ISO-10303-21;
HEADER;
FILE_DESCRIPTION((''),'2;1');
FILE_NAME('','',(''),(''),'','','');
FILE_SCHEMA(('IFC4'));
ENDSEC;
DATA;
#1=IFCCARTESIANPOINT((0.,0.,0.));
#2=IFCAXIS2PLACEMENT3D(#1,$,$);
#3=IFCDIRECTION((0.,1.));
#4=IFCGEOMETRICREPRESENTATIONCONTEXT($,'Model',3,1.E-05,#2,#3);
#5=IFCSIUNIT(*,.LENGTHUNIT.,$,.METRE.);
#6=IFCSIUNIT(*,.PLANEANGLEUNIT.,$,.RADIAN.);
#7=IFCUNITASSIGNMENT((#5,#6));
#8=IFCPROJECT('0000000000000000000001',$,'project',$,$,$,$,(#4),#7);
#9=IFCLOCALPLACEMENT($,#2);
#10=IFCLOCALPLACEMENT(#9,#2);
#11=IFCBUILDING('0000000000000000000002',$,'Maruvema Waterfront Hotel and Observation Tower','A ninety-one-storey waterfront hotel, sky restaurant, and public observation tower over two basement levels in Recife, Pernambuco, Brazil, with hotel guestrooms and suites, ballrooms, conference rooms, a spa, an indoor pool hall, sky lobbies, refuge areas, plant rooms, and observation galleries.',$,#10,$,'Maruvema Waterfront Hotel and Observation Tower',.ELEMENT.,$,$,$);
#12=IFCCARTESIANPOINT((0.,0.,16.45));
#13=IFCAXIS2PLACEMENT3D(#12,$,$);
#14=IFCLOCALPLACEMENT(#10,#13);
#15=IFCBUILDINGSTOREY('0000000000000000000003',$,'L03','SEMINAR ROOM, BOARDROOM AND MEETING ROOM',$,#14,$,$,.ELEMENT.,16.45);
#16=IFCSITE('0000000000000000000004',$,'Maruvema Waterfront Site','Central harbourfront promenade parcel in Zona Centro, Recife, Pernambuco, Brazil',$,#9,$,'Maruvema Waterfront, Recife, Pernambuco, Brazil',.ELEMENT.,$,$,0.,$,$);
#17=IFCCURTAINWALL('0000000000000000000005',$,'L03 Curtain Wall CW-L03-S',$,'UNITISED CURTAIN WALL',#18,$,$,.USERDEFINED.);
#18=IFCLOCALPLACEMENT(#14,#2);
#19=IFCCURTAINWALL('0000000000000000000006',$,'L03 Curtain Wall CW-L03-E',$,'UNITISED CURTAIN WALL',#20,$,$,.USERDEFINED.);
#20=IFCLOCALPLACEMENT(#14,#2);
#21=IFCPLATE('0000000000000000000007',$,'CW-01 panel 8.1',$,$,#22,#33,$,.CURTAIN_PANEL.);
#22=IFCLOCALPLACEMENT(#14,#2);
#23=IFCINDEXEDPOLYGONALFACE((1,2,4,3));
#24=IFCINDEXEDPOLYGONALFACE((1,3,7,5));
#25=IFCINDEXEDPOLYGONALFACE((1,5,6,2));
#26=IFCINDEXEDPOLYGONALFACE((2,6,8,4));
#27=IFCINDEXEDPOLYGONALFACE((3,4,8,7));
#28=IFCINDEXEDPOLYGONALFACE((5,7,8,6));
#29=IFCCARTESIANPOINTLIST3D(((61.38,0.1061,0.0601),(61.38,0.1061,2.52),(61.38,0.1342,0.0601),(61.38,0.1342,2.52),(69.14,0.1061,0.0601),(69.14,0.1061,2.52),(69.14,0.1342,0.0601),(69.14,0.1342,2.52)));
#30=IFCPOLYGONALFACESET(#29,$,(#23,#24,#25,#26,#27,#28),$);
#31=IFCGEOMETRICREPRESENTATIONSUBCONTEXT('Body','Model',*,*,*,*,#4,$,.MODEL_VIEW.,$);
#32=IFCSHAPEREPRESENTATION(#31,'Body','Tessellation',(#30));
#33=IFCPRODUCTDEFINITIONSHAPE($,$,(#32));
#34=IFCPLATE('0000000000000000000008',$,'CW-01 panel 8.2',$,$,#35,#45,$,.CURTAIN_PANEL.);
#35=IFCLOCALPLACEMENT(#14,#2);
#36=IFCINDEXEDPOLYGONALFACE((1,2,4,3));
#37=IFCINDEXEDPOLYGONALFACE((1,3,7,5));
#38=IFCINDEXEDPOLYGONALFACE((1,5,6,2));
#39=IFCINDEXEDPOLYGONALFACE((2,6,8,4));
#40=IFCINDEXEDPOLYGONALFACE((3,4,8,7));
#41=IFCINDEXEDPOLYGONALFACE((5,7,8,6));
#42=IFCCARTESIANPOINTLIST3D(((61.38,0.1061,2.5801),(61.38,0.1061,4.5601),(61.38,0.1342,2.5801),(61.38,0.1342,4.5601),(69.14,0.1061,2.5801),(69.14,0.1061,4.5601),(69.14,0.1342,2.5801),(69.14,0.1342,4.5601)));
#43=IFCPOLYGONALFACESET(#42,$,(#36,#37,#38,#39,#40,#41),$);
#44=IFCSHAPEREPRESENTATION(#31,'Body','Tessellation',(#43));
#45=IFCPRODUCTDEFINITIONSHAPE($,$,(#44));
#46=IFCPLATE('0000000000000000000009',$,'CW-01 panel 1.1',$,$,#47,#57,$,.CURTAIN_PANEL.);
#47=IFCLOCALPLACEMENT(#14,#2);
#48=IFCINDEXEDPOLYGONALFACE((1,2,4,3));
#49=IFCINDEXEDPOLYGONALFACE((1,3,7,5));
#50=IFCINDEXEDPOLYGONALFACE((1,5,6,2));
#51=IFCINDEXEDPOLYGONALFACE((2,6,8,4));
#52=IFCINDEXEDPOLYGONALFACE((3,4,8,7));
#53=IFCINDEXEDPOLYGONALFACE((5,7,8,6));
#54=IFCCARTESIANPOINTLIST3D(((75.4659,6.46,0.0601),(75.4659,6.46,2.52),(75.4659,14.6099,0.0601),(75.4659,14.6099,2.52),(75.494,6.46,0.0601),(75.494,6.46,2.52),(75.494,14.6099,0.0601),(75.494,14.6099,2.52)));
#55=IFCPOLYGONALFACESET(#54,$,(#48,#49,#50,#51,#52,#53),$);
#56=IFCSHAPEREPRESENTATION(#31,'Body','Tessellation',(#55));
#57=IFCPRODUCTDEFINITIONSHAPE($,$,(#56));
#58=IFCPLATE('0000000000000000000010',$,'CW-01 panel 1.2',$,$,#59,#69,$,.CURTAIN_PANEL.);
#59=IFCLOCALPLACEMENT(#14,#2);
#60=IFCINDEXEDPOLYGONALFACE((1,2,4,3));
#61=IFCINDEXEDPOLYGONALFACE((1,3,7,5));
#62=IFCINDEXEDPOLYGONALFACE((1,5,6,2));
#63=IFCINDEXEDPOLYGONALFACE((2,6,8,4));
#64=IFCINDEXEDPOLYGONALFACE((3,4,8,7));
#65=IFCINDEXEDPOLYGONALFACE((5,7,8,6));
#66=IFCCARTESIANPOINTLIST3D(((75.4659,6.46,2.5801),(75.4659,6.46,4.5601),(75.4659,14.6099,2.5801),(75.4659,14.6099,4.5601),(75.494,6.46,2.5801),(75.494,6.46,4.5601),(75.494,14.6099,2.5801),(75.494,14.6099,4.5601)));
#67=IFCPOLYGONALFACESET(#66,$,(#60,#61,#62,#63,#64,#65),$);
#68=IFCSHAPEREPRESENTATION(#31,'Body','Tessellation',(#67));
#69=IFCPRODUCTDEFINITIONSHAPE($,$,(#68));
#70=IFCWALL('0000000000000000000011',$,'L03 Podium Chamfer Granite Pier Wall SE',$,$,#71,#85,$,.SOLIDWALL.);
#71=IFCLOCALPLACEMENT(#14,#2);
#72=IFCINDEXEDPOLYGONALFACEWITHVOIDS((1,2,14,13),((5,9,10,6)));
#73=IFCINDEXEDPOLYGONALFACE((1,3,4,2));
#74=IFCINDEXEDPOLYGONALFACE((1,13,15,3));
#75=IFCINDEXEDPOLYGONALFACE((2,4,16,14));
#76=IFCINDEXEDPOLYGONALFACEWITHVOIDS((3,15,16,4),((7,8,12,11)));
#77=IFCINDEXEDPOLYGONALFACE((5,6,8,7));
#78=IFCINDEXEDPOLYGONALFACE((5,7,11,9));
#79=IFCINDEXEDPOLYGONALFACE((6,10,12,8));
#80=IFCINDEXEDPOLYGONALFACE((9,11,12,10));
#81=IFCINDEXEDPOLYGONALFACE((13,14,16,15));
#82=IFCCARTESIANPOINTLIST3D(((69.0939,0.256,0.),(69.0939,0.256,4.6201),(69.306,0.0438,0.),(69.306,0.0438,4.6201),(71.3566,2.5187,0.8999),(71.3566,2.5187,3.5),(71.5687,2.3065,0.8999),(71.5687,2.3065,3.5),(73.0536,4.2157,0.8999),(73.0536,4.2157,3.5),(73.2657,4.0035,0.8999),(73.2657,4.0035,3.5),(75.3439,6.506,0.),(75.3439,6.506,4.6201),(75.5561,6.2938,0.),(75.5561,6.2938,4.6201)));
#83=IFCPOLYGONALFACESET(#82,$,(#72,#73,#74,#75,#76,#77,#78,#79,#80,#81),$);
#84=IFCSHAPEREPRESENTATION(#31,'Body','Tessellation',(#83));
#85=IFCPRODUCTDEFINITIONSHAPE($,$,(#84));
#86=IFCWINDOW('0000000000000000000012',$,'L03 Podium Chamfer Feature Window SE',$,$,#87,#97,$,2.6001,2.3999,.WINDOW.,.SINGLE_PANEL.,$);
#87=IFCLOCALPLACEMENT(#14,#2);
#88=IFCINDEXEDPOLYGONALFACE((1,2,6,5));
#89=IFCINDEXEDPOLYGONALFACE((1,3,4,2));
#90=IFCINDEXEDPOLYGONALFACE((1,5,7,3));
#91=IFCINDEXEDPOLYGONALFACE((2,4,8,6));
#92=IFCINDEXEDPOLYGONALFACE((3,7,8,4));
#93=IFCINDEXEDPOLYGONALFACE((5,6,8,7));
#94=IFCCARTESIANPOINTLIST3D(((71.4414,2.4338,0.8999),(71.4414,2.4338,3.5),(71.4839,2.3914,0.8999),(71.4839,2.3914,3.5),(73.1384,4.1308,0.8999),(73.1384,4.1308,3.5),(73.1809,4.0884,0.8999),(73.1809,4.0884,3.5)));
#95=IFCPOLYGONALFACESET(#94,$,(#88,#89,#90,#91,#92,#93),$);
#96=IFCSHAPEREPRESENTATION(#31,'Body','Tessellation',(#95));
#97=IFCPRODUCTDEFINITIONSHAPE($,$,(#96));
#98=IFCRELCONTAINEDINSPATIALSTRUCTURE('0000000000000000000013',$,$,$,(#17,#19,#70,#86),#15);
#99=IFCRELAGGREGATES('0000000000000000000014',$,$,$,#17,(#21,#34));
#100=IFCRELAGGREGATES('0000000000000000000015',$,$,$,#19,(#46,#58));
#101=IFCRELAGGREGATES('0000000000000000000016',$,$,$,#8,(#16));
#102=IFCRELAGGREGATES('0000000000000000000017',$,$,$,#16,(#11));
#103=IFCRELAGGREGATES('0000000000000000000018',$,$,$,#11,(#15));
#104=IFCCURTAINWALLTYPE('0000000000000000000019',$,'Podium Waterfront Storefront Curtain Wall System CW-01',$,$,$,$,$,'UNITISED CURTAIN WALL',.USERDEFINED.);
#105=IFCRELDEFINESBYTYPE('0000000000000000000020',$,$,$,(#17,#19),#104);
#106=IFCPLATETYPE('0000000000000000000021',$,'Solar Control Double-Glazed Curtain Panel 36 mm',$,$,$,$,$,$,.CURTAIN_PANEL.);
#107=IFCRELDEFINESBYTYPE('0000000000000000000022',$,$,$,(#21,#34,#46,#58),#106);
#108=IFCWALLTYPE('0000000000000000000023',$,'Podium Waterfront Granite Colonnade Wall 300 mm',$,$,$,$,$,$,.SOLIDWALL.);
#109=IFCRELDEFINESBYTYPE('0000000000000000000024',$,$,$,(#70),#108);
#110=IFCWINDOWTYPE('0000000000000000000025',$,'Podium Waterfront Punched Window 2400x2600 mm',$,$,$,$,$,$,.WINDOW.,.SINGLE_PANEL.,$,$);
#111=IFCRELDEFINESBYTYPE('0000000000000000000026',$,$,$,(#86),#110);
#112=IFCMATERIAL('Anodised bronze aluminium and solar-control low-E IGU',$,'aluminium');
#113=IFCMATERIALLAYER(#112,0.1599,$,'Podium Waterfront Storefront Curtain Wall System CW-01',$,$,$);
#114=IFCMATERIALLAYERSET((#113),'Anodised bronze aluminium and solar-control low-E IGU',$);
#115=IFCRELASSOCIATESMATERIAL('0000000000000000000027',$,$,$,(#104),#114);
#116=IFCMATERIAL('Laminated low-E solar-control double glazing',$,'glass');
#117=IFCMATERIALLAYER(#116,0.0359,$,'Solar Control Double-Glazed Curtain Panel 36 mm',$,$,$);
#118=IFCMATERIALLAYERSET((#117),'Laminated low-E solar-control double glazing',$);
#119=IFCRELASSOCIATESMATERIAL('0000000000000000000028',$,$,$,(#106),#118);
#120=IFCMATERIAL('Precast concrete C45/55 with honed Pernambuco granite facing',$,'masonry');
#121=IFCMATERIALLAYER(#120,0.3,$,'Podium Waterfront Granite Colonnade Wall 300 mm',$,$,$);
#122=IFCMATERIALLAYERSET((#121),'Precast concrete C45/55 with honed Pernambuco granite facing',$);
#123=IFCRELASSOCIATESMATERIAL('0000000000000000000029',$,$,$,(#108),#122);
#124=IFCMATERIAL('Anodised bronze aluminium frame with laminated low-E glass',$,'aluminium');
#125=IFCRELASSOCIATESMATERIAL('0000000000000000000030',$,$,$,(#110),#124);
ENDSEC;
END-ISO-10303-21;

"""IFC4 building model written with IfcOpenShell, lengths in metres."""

from ifc_helpers import new_model, si_unit, direction, frame, frame_2d, origin, origin_2d, place, context, subcontext, project, spatial, rectangle, extrude, material, layer, layer_set, type_object, element, fill, aggregate, save


model = new_model("IFC4")

# Units and contexts
model_context = context("Model", 3, precision=1e-05, world=origin(), true_north=direction((0.0, 1.0)))
body_context = subcontext(model_context, "Body", "Model", "MODEL_VIEW")
ifc_project = project(units=[si_unit("LENGTHUNIT", "METRE"), si_unit("PLANEANGLEUNIT", "RADIAN")], contexts=[model_context])

# Site, building, storey
site_placement = place(None, origin())
site = spatial("IfcSite", under=ifc_project, at=site_placement, Name="Maruvema Waterfront Site", Description="Central harbourfront promenade parcel in Zona Centro, Recife, Pernambuco, Brazil", LongName="Maruvema Waterfront, Recife, Pernambuco, Brazil", CompositionType="ELEMENT", RefElevation=0.0)
building_placement = place(site_placement, origin())
building = spatial("IfcBuilding", under=site, at=building_placement, Name="Maruvema Waterfront Hotel and Observation Tower", Description="A ninety-one-storey waterfront hotel, sky restaurant, and public observation tower over two basement levels in Recife, Pernambuco, Brazil, with hotel guestrooms and suites, ballrooms, conference rooms, a spa, an indoor pool hall, sky lobbies, refuge areas, plant rooms, and observation galleries.", LongName="Maruvema Waterfront Hotel and Observation Tower", CompositionType="ELEMENT")
storey_placement = place(building_placement, frame((0.0, 0.0, 16.45)))
storey = spatial("IfcBuildingStorey", under=building, at=storey_placement, Name="L03", Description="SEMINAR ROOM, BOARDROOM AND MEETING ROOM", CompositionType="ELEMENT", Elevation=16.45)

# Curtain walls
ifc_material_1 = material(Name="Anodised bronze aluminium and solar-control low-E IGU", Category="aluminium")
ifc_layer_1 = layer(ifc_material_1, 0.1599, Name="Podium Waterfront Storefront Curtain Wall System CW-01")
ifc_layer_set_1 = layer_set([ifc_layer_1], Name="Anodised bronze aluminium and solar-control low-E IGU")
curtain_wall_type = type_object("IfcCurtainWallType", Name="Podium Waterfront Storefront Curtain Wall System CW-01", ElementType="UNITISED CURTAIN WALL", PredefinedType="USERDEFINED", material=ifc_layer_set_1)
curtain_wall_1_placement = place(storey_placement, origin())
curtain_wall_1 = element("IfcCurtainWall", 1, at=curtain_wall_1_placement, inside=storey, type_object=curtain_wall_type, Name="L03 Curtain Wall CW-L03-S", ObjectType="UNITISED CURTAIN WALL", PredefinedType="USERDEFINED")
curtain_wall_2_placement = place(storey_placement, origin())
curtain_wall_2 = element("IfcCurtainWall", 2, at=curtain_wall_2_placement, inside=storey, type_object=curtain_wall_type, Name="L03 Curtain Wall CW-L03-E", ObjectType="UNITISED CURTAIN WALL", PredefinedType="USERDEFINED")

# Plates
ifc_material_2 = material(Name="Laminated low-E solar-control double glazing", Category="glass")
ifc_layer_2 = layer(ifc_material_2, 0.0359, Name="Solar Control Double-Glazed Curtain Panel 36 mm")
ifc_layer_set_2 = layer_set([ifc_layer_2], Name="Laminated low-E solar-control double glazing")
plate_type = type_object("IfcPlateType", Name="Solar Control Double-Glazed Curtain Panel 36 mm", PredefinedType="CURTAIN_PANEL", material=ifc_layer_set_2)
plate_1_placement = place(storey_placement, frame((65.26, 0.1201, 0.0601), z_axis=(0.0, 0.0, 1.0), x_axis=(1.0, 0.0, 0.0)))
plate_1 = element("IfcPlate", 3, at=plate_1_placement, type_object=plate_type, Name="CW-01 panel 8.1", PredefinedType="CURTAIN_PANEL", context=body_context, shape_type="SweptSolid", body=[
    extrude(rectangle(XDim=7.76, YDim=0.0281, at=origin_2d()), origin(), (0.0, 0.0, 1.0), 2.46),
])
plate_2_placement = place(storey_placement, frame((65.26, 0.1201, 2.5801), z_axis=(0.0, 0.0, 1.0), x_axis=(1.0, 0.0, 0.0)))
plate_2 = element("IfcPlate", 4, at=plate_2_placement, type_object=plate_type, Name="CW-01 panel 8.2", PredefinedType="CURTAIN_PANEL", context=body_context, shape_type="SweptSolid", body=[
    extrude(rectangle(XDim=7.76, YDim=0.0281, at=origin_2d()), origin(), (0.0, 0.0, 1.0), 1.98),
])
aggregate(curtain_wall_1, [plate_1, plate_2])
plate_3_placement = place(storey_placement, frame((75.48, 10.5349, 0.0601), z_axis=(0.0, 0.0, 1.0), x_axis=(0.0, 1.0, 0.0)))
plate_3 = element("IfcPlate", 5, at=plate_3_placement, type_object=plate_type, Name="CW-01 panel 1.1", PredefinedType="CURTAIN_PANEL", context=body_context, shape_type="SweptSolid", body=[
    extrude(rectangle(XDim=8.1499, YDim=0.0281, at=origin_2d()), origin(), (0.0, 0.0, 1.0), 2.46),
])
plate_4_placement = place(storey_placement, frame((75.48, 10.5349, 2.5801), z_axis=(0.0, 0.0, 1.0), x_axis=(0.0, 1.0, 0.0)))
plate_4 = element("IfcPlate", 6, at=plate_4_placement, type_object=plate_type, Name="CW-01 panel 1.2", PredefinedType="CURTAIN_PANEL", context=body_context, shape_type="SweptSolid", body=[
    extrude(rectangle(XDim=8.1499, YDim=0.0281, at=origin_2d()), origin(), (0.0, 0.0, 1.0), 1.98),
])
aggregate(curtain_wall_2, [plate_3, plate_4])

# Wall, opening, window
ifc_material_3 = material(Name="Precast concrete C45/55 with honed Pernambuco granite facing", Category="masonry")
ifc_layer_3 = layer(ifc_material_3, 0.3, Name="Podium Waterfront Granite Colonnade Wall 300 mm")
ifc_layer_set_3 = layer_set([ifc_layer_3], Name="Precast concrete C45/55 with honed Pernambuco granite facing")
wall_type = type_object("IfcWallType", Name="Podium Waterfront Granite Colonnade Wall 300 mm", PredefinedType="SOLIDWALL", material=ifc_layer_set_3)
wall_placement = place(storey_placement, frame((69.2, 0.1499, 0.0), z_axis=(0.0, 0.0, 1.0), x_axis=(0.707107, 0.707107, 0.0)))
wall = element("IfcWall", 7, at=wall_placement, inside=storey, type_object=wall_type, Name="L03 Podium Chamfer Granite Pier Wall SE", PredefinedType="SOLIDWALL", context=body_context, shape_type="SweptSolid", body=[
    extrude(rectangle(XDim=8.8389, YDim=0.3, at=frame_2d((4.4194, 0.0))), origin(), (0.0, 0.0, 1.0), 4.6201),
])
opening_placement = place(wall_placement, frame((3.2, 0.0, 0.8999)))
opening = element("IfcOpeningElement", 8, at=opening_placement, cuts=wall, PredefinedType="OPENING", context=body_context, shape_type="SweptSolid", body=[
    extrude(rectangle(XDim=2.3999, YDim=2.6001, at=frame_2d((1.2, 1.3))), frame((0.0, 0.1602, 0.0), z_axis=(0.0, -1.0, 0.0), x_axis=(1.0, 0.0, 0.0)), (0.0, 0.0, 1.0), 0.3201),
])
ifc_material_4 = material(Name="Anodised bronze aluminium frame with laminated low-E glass", Category="aluminium")
window_type = type_object("IfcWindowType", Name="Podium Waterfront Punched Window 2400x2600 mm", PartitioningType="SINGLE_PANEL", PredefinedType="WINDOW", material=ifc_material_4)
window_placement = place(opening_placement, origin())
window = element("IfcWindow", 9, at=window_placement, inside=storey, type_object=window_type, Name="L03 Podium Chamfer Feature Window SE", OverallHeight=2.6001, OverallWidth=2.3999, PartitioningType="SINGLE_PANEL", PredefinedType="WINDOW", context=body_context, shape_type="SweptSolid", body=[
    extrude(rectangle(XDim=2.3999, YDim=2.6001, at=frame_2d((1.2, 1.3))), frame((0.0, 0.03, 0.0), z_axis=(0.0, -1.0, 0.0), x_axis=(1.0, 0.0, 0.0)), (0.0, 0.0, 1.0), 0.0601),
])
fill(opening, window)

save(model, "model.ifc")
